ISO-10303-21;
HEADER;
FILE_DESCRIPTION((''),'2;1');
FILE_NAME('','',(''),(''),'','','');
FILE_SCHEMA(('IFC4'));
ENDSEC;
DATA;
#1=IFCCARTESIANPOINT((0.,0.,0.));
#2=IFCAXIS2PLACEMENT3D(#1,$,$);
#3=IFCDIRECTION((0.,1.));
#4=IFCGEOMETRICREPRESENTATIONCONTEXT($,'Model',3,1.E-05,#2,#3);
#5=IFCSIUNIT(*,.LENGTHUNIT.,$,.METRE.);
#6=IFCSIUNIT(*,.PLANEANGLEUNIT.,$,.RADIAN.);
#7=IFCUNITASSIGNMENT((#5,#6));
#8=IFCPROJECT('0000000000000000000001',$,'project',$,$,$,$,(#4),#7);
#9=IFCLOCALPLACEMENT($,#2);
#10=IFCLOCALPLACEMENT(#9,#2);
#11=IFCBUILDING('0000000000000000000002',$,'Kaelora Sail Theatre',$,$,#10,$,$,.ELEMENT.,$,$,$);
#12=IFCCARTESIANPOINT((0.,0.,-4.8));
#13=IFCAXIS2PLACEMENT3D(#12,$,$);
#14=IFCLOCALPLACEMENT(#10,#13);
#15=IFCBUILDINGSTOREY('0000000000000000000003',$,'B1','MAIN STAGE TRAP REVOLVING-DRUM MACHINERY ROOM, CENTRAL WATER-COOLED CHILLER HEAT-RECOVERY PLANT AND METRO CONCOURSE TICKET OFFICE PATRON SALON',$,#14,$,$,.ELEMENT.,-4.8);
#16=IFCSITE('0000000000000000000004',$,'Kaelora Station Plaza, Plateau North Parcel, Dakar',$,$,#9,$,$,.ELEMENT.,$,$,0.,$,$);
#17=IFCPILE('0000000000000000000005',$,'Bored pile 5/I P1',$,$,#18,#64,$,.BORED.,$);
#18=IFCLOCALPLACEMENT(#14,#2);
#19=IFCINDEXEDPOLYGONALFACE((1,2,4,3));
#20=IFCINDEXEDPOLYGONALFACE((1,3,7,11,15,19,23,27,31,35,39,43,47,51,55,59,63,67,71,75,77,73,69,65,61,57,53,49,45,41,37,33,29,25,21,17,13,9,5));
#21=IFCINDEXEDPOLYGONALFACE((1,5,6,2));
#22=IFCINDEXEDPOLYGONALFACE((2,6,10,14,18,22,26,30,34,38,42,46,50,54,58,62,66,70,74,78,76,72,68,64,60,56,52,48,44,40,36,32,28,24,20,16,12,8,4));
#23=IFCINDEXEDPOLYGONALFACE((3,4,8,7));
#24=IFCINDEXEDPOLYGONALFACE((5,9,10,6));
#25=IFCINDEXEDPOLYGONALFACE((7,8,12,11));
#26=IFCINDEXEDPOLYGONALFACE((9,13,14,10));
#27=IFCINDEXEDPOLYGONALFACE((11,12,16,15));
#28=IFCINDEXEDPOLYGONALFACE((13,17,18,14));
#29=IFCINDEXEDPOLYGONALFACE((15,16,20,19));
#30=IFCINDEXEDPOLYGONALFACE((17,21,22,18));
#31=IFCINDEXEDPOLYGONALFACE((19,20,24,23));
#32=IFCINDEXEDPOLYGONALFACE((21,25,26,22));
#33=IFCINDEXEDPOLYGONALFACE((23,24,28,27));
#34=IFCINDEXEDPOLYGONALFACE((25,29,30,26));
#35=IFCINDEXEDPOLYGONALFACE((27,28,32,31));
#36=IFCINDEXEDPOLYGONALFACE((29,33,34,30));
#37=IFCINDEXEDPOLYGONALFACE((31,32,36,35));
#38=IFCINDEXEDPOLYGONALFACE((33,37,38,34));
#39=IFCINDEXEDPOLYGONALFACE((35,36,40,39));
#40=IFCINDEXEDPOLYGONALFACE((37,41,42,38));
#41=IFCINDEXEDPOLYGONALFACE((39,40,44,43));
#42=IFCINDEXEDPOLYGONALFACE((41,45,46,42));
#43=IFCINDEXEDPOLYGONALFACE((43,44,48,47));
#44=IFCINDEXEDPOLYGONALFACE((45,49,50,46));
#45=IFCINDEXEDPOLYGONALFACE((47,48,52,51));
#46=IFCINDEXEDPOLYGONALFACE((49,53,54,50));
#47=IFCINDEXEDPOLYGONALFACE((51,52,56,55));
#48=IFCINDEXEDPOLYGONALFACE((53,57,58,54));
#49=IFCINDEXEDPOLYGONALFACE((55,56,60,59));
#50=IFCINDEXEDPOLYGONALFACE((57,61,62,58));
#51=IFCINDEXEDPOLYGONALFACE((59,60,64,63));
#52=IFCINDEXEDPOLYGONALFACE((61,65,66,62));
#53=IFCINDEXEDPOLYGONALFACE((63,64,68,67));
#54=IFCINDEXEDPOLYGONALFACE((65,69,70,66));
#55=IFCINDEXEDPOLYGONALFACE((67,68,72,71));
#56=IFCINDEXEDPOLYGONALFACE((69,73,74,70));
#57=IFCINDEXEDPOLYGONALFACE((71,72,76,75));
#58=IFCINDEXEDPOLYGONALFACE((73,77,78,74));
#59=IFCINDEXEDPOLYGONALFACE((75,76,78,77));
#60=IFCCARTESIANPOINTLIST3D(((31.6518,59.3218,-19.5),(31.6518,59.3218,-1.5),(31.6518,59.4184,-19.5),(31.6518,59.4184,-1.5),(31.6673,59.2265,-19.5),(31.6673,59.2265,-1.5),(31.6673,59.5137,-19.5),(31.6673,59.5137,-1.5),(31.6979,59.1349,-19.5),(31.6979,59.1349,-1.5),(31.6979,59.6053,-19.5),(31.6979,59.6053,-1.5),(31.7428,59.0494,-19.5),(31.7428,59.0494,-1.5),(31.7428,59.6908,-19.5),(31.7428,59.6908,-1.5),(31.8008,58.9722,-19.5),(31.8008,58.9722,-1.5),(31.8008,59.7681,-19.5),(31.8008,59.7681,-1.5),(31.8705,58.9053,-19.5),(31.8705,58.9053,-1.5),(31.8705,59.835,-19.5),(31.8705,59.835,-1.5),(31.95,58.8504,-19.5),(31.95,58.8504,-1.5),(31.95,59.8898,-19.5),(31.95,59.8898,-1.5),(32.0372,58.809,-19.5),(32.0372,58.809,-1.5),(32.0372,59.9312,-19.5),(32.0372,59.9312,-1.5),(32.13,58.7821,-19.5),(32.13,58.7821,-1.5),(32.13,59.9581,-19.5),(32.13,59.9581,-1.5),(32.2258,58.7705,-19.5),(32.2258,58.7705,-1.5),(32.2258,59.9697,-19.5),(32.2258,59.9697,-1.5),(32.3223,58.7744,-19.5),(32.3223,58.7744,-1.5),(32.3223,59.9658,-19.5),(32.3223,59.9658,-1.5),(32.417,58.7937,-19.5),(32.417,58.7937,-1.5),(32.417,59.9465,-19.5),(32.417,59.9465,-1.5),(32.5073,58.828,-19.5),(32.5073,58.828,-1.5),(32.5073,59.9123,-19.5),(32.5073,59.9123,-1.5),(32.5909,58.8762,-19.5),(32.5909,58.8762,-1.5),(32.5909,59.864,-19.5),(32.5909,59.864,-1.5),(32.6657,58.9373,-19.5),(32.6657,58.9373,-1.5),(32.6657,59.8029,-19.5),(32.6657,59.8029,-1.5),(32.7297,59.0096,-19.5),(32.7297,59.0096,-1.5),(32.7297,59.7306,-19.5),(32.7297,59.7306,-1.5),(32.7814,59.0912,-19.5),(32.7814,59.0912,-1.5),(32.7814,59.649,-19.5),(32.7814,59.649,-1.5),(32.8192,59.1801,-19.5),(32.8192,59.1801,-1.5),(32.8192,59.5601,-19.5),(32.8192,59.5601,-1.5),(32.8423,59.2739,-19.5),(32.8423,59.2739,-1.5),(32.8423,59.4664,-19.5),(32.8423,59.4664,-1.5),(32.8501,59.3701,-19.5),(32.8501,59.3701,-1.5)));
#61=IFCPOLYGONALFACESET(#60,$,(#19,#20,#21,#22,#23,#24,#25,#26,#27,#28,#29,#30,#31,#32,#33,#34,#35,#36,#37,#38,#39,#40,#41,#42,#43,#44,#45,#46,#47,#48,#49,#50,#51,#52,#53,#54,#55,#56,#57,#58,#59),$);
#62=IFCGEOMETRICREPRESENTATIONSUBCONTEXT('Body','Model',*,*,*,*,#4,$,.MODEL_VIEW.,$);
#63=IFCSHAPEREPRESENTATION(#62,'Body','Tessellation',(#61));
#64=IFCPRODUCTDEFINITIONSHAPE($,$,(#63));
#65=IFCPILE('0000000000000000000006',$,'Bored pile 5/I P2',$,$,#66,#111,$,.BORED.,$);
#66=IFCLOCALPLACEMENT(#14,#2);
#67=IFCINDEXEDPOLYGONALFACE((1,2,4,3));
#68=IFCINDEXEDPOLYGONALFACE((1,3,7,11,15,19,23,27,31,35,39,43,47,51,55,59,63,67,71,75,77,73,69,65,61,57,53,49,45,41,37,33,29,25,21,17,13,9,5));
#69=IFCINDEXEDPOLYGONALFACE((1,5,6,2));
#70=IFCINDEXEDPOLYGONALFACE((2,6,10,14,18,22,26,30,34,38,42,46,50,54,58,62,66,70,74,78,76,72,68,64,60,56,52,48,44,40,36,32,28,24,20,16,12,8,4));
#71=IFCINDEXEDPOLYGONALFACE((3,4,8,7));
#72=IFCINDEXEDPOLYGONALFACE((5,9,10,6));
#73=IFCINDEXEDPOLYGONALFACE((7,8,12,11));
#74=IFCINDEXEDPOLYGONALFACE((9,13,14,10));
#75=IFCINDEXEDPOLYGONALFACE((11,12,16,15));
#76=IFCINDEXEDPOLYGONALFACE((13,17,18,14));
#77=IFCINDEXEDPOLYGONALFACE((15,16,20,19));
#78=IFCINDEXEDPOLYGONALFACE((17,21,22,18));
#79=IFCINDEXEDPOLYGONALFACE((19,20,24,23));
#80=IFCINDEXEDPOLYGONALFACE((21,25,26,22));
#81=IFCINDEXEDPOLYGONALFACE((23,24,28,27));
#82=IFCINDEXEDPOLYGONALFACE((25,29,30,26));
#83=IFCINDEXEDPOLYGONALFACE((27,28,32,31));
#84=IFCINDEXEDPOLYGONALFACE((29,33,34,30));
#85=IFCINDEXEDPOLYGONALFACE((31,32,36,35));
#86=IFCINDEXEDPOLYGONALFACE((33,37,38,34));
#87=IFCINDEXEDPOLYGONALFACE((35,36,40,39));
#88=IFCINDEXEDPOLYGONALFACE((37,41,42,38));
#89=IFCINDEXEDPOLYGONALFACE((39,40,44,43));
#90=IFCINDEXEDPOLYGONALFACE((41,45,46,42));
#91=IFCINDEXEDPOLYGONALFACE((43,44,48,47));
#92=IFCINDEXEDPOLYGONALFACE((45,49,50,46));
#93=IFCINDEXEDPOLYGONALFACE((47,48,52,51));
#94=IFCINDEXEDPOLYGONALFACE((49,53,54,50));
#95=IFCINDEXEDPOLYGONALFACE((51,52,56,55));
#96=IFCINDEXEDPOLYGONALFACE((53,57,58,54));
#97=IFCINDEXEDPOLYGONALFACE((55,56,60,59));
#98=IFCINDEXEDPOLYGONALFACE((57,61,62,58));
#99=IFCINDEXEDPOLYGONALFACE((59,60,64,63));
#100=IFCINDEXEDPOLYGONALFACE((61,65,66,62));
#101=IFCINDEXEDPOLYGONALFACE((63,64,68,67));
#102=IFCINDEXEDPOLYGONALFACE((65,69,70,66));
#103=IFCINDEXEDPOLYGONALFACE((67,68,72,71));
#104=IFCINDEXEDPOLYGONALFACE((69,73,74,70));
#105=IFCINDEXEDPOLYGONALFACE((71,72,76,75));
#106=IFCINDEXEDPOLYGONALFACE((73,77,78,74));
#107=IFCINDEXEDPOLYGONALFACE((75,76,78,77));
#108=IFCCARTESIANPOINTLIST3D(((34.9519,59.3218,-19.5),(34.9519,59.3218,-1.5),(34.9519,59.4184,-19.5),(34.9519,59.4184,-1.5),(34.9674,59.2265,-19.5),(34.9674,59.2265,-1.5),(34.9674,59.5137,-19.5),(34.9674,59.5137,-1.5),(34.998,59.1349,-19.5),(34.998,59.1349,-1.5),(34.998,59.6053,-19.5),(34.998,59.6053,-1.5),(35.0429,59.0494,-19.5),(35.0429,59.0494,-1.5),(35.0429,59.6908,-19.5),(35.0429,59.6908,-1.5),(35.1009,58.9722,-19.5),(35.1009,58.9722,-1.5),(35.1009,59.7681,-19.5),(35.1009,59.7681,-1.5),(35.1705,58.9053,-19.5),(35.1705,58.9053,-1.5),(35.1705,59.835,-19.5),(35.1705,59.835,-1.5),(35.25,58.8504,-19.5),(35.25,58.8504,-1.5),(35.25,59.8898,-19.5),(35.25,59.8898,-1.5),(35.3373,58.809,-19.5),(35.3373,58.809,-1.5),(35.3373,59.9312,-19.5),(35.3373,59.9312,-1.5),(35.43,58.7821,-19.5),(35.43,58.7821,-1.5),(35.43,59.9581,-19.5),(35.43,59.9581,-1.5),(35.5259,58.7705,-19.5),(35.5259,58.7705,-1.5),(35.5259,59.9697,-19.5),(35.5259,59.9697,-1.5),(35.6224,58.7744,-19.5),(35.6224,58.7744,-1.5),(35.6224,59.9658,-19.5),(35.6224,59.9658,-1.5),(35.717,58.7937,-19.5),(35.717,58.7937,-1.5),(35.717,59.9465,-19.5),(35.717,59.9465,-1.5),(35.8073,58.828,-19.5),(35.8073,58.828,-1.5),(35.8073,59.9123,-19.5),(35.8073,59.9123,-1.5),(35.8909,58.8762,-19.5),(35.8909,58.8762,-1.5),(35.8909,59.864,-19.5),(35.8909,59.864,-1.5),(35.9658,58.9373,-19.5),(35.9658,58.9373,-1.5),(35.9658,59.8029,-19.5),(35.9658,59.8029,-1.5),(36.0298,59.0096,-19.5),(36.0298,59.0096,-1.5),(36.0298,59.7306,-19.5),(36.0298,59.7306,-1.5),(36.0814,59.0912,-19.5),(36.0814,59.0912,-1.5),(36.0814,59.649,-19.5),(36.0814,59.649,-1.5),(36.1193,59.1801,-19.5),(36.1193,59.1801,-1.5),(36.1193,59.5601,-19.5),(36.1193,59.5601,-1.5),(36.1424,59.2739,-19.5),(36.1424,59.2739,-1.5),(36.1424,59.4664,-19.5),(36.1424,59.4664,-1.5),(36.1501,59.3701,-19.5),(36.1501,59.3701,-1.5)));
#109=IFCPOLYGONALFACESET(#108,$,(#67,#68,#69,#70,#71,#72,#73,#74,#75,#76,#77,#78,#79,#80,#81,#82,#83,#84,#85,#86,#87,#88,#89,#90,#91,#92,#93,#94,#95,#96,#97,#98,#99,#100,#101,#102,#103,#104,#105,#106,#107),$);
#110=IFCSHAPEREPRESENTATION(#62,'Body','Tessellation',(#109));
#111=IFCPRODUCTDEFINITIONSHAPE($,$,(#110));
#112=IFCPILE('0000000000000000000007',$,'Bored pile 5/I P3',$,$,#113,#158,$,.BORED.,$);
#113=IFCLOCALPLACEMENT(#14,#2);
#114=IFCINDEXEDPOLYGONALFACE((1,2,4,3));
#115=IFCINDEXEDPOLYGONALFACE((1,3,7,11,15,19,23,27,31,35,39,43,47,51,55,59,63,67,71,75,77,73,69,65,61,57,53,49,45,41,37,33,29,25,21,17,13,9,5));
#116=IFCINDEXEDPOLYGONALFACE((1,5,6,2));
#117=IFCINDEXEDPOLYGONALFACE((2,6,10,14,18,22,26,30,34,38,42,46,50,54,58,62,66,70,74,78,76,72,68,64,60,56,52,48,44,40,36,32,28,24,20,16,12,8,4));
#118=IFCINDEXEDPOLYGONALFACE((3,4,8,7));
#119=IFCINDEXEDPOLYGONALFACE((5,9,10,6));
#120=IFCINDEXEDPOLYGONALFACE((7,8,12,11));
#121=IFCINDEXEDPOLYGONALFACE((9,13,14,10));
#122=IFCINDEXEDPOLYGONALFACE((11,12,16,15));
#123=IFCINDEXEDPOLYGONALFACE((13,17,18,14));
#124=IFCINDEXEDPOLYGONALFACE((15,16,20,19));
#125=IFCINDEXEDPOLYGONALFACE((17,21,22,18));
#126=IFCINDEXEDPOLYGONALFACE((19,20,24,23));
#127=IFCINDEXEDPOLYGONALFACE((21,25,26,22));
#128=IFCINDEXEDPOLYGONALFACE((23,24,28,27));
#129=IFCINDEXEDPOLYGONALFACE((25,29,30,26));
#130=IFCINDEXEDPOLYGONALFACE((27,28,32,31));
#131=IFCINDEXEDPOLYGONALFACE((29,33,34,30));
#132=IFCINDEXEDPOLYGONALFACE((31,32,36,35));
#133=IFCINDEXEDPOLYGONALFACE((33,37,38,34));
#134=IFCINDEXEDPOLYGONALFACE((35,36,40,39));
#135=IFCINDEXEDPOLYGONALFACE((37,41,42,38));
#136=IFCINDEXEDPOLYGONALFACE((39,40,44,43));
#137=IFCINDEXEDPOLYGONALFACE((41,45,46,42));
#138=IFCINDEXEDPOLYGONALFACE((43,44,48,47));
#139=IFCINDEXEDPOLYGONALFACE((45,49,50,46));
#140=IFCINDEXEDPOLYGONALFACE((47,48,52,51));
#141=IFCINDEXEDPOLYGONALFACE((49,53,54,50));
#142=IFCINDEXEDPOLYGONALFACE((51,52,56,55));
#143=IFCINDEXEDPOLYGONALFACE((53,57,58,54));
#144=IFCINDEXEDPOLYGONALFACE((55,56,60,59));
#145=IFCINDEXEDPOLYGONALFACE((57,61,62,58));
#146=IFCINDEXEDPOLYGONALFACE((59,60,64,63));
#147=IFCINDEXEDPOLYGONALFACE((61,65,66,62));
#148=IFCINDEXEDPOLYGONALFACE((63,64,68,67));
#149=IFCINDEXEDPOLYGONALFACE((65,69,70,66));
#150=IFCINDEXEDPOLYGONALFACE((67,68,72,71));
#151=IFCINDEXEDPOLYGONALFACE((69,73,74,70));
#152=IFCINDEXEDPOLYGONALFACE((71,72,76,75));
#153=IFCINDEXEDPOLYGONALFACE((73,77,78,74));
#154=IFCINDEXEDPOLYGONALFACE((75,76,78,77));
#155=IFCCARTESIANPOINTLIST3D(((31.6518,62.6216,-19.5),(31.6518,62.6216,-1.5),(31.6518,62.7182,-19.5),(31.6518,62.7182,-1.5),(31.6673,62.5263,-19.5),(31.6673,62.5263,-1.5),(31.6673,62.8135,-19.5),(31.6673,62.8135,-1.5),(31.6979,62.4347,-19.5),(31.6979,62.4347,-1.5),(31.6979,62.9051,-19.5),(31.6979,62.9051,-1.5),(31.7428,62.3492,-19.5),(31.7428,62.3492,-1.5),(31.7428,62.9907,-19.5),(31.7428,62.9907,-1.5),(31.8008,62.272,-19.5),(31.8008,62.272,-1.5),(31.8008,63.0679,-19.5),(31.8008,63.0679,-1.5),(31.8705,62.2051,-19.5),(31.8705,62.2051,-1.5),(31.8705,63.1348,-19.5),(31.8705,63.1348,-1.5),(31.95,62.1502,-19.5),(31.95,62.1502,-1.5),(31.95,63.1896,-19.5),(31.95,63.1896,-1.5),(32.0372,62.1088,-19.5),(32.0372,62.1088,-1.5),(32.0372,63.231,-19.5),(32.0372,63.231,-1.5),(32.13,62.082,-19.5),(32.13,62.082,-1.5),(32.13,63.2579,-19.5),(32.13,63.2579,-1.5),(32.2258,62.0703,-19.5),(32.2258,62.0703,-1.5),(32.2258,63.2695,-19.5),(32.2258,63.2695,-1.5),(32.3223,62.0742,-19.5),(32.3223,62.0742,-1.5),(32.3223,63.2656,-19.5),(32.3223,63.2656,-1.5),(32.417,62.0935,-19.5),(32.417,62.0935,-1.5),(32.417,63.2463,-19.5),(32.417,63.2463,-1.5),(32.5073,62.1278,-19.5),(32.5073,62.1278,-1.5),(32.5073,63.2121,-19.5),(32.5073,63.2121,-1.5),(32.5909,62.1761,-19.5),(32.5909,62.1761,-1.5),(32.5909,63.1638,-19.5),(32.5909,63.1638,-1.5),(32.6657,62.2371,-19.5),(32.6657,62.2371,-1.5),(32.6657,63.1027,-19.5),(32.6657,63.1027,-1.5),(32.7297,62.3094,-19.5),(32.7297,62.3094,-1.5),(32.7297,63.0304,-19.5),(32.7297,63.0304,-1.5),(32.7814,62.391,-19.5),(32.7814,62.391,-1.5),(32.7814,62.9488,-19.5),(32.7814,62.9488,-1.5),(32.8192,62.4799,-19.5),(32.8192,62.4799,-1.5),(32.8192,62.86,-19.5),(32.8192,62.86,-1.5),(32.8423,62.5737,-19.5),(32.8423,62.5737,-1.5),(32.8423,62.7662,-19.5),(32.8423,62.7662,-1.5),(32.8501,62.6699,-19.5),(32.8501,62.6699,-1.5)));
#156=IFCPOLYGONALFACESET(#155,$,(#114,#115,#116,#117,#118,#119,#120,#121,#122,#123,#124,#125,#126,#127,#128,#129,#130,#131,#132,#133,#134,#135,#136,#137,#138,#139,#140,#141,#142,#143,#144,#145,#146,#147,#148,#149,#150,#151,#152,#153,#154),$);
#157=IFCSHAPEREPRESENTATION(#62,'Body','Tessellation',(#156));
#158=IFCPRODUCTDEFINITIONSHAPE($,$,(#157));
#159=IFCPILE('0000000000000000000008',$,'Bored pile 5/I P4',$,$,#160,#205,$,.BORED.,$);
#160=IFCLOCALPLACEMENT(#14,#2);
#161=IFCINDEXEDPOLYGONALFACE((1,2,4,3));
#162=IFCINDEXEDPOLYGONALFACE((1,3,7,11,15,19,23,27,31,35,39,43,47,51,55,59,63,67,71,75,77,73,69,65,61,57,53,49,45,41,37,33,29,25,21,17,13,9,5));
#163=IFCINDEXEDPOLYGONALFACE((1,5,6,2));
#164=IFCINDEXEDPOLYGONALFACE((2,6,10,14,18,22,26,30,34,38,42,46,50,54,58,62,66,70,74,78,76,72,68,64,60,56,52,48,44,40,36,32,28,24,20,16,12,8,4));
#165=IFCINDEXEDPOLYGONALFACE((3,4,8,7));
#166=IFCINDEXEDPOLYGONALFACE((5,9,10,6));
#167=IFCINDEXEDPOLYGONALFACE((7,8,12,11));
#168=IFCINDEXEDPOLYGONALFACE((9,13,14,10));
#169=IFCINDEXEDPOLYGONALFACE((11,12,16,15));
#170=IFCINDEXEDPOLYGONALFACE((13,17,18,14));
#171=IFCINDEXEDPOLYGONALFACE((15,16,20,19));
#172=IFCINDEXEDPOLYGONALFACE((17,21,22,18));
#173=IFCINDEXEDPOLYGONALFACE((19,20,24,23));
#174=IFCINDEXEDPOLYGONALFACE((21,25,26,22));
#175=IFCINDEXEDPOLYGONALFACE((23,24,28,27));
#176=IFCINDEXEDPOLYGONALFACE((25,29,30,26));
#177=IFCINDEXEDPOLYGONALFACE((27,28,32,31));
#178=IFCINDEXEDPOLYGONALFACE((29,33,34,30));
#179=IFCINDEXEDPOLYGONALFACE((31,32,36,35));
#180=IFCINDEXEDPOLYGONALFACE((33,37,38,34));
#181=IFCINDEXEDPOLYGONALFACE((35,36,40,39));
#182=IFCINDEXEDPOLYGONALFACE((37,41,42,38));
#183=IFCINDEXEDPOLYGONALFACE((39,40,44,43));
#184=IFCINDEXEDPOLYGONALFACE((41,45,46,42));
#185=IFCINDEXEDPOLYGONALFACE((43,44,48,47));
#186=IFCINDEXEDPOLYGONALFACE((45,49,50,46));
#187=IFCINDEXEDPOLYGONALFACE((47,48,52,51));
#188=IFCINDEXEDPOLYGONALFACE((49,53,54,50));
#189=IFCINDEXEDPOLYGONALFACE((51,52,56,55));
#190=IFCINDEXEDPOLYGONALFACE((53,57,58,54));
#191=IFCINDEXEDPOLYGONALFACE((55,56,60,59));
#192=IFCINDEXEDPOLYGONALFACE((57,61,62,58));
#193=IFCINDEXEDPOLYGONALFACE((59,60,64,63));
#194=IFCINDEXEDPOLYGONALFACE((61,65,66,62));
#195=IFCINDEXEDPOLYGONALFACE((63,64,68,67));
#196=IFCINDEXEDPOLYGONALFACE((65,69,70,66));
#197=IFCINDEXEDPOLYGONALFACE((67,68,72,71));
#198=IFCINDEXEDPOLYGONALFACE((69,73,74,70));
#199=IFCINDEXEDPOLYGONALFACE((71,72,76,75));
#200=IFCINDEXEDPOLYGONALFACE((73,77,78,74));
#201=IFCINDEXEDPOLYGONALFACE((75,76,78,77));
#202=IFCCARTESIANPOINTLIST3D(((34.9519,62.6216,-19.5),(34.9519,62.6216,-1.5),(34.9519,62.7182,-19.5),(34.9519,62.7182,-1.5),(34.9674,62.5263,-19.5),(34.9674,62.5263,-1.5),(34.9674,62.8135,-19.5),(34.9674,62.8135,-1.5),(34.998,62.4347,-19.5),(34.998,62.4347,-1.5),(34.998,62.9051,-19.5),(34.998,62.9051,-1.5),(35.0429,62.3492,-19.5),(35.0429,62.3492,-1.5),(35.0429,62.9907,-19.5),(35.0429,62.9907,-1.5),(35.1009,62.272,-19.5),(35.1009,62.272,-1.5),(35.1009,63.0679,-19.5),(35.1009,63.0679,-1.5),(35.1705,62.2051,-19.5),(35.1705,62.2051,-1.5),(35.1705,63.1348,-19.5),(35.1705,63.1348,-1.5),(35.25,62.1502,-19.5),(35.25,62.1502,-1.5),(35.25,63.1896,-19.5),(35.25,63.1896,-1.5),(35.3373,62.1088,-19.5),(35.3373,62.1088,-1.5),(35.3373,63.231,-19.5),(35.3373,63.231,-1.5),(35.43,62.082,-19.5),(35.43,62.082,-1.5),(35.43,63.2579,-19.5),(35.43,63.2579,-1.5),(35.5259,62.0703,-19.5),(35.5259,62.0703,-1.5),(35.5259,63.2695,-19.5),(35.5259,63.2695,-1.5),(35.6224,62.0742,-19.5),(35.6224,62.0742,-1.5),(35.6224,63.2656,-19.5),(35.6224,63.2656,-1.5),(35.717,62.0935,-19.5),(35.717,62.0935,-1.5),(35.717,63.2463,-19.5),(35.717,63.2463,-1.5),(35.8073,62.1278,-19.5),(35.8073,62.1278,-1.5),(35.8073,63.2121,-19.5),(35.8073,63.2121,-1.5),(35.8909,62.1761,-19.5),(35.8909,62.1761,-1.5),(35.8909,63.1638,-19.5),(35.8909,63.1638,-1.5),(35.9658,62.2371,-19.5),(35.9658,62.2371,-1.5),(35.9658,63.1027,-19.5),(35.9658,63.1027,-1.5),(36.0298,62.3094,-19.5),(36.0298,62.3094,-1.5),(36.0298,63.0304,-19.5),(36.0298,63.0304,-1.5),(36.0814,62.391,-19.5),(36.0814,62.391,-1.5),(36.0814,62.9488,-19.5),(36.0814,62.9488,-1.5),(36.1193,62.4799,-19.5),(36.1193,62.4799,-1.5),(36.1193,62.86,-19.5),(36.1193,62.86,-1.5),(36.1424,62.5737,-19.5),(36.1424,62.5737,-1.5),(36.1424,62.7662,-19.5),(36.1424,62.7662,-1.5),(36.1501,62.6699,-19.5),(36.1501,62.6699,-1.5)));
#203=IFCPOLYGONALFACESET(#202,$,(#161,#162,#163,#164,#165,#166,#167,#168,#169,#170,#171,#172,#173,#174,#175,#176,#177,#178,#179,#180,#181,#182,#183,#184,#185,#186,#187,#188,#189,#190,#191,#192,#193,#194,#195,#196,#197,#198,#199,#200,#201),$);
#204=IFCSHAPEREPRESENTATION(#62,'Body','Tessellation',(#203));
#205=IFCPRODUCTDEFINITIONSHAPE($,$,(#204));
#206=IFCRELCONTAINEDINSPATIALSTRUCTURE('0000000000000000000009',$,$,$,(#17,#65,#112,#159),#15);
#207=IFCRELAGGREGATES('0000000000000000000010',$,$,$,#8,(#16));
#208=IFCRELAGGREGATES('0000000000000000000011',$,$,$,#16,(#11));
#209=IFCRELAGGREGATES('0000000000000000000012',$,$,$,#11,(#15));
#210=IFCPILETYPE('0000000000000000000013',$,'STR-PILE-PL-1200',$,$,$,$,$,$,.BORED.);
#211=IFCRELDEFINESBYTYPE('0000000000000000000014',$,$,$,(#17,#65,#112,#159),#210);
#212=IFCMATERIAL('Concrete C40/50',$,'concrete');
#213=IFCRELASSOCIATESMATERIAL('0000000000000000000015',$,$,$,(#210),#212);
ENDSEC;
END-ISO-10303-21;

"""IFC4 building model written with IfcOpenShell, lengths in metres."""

from ifc_helpers import new_model, si_unit, direction, frame, origin, origin_2d, place, context, subcontext, project, spatial, circle, extrude, material, material_profile, profile_set, type_object, element, save


model = new_model("IFC4")

# Units and contexts
model_context = context("Model", 3, precision=1e-05, world=origin(), true_north=direction((0.0, 1.0)))
body_context = subcontext(model_context, "Body", "Model", "MODEL_VIEW")
ifc_project = project(units=[si_unit("LENGTHUNIT", "METRE"), si_unit("PLANEANGLEUNIT", "RADIAN")], contexts=[model_context])

# Site, building, storey
site_placement = place(None, origin())
site = spatial("IfcSite", under=ifc_project, at=site_placement, Name="Kaelora Station Plaza, Plateau North Parcel, Dakar", CompositionType="ELEMENT", RefElevation=0.0)
building_placement = place(site_placement, origin())
building = spatial("IfcBuilding", under=site, at=building_placement, Name="Kaelora Sail Theatre", CompositionType="ELEMENT")
storey_placement = place(building_placement, frame((0.0, 0.0, -4.8)))
storey = spatial("IfcBuildingStorey", under=building, at=storey_placement, Name="B1", Description="MAIN STAGE TRAP REVOLVING-DRUM MACHINERY ROOM, CENTRAL WATER-COOLED CHILLER HEAT-RECOVERY PLANT AND METRO CONCOURSE TICKET OFFICE PATRON SALON", CompositionType="ELEMENT", Elevation=-4.8)

# Piles
ifc_material_1 = material(Name="Concrete C40/50", Category="concrete")
ifc_material_profile_1 = material_profile(ifc_material_1, circle(Radius=0.6001, at=origin_2d()), Name="PILE D1200")
ifc_profile_set_1 = profile_set([ifc_material_profile_1], Name="Concrete C40/50")
pile_type = type_object("IfcPileType", Name="STR-PILE-PL-1200", PredefinedType="BORED", material=ifc_profile_set_1)
for number, where, z_axis, x_axis, name in (
    (1, (32.25, 59.3701, -1.5), (0.0, 0.0, -1.0), (1.0, 0.0, 0.0), "Bored pile 5/I P1"),
    (2, (35.55, 59.3701, -1.5), (0.0, 0.0, -1.0), (1.0, 0.0, 0.0), "Bored pile 5/I P2"),
    (3, (32.25, 62.6699, -1.5), (0.0, 0.0, -1.0), (1.0, 0.0, 0.0), "Bored pile 5/I P3"),
    (4, (35.55, 62.6699, -1.5), (0.0, 0.0, -1.0), (1.0, 0.0, 0.0), "Bored pile 5/I P4"),
):
    element("IfcPile", number, at=place(storey_placement, frame(where, z_axis=z_axis, x_axis=x_axis)), inside=storey, type_object=pile_type, Name=name, PredefinedType="BORED", context=body_context, shape_type="SweptSolid", body=[
        extrude(circle(Radius=0.6001, at=origin_2d()), origin(), (0.0, 0.0, 1.0), 18.0),
    ])

save(model, "model.ifc")
